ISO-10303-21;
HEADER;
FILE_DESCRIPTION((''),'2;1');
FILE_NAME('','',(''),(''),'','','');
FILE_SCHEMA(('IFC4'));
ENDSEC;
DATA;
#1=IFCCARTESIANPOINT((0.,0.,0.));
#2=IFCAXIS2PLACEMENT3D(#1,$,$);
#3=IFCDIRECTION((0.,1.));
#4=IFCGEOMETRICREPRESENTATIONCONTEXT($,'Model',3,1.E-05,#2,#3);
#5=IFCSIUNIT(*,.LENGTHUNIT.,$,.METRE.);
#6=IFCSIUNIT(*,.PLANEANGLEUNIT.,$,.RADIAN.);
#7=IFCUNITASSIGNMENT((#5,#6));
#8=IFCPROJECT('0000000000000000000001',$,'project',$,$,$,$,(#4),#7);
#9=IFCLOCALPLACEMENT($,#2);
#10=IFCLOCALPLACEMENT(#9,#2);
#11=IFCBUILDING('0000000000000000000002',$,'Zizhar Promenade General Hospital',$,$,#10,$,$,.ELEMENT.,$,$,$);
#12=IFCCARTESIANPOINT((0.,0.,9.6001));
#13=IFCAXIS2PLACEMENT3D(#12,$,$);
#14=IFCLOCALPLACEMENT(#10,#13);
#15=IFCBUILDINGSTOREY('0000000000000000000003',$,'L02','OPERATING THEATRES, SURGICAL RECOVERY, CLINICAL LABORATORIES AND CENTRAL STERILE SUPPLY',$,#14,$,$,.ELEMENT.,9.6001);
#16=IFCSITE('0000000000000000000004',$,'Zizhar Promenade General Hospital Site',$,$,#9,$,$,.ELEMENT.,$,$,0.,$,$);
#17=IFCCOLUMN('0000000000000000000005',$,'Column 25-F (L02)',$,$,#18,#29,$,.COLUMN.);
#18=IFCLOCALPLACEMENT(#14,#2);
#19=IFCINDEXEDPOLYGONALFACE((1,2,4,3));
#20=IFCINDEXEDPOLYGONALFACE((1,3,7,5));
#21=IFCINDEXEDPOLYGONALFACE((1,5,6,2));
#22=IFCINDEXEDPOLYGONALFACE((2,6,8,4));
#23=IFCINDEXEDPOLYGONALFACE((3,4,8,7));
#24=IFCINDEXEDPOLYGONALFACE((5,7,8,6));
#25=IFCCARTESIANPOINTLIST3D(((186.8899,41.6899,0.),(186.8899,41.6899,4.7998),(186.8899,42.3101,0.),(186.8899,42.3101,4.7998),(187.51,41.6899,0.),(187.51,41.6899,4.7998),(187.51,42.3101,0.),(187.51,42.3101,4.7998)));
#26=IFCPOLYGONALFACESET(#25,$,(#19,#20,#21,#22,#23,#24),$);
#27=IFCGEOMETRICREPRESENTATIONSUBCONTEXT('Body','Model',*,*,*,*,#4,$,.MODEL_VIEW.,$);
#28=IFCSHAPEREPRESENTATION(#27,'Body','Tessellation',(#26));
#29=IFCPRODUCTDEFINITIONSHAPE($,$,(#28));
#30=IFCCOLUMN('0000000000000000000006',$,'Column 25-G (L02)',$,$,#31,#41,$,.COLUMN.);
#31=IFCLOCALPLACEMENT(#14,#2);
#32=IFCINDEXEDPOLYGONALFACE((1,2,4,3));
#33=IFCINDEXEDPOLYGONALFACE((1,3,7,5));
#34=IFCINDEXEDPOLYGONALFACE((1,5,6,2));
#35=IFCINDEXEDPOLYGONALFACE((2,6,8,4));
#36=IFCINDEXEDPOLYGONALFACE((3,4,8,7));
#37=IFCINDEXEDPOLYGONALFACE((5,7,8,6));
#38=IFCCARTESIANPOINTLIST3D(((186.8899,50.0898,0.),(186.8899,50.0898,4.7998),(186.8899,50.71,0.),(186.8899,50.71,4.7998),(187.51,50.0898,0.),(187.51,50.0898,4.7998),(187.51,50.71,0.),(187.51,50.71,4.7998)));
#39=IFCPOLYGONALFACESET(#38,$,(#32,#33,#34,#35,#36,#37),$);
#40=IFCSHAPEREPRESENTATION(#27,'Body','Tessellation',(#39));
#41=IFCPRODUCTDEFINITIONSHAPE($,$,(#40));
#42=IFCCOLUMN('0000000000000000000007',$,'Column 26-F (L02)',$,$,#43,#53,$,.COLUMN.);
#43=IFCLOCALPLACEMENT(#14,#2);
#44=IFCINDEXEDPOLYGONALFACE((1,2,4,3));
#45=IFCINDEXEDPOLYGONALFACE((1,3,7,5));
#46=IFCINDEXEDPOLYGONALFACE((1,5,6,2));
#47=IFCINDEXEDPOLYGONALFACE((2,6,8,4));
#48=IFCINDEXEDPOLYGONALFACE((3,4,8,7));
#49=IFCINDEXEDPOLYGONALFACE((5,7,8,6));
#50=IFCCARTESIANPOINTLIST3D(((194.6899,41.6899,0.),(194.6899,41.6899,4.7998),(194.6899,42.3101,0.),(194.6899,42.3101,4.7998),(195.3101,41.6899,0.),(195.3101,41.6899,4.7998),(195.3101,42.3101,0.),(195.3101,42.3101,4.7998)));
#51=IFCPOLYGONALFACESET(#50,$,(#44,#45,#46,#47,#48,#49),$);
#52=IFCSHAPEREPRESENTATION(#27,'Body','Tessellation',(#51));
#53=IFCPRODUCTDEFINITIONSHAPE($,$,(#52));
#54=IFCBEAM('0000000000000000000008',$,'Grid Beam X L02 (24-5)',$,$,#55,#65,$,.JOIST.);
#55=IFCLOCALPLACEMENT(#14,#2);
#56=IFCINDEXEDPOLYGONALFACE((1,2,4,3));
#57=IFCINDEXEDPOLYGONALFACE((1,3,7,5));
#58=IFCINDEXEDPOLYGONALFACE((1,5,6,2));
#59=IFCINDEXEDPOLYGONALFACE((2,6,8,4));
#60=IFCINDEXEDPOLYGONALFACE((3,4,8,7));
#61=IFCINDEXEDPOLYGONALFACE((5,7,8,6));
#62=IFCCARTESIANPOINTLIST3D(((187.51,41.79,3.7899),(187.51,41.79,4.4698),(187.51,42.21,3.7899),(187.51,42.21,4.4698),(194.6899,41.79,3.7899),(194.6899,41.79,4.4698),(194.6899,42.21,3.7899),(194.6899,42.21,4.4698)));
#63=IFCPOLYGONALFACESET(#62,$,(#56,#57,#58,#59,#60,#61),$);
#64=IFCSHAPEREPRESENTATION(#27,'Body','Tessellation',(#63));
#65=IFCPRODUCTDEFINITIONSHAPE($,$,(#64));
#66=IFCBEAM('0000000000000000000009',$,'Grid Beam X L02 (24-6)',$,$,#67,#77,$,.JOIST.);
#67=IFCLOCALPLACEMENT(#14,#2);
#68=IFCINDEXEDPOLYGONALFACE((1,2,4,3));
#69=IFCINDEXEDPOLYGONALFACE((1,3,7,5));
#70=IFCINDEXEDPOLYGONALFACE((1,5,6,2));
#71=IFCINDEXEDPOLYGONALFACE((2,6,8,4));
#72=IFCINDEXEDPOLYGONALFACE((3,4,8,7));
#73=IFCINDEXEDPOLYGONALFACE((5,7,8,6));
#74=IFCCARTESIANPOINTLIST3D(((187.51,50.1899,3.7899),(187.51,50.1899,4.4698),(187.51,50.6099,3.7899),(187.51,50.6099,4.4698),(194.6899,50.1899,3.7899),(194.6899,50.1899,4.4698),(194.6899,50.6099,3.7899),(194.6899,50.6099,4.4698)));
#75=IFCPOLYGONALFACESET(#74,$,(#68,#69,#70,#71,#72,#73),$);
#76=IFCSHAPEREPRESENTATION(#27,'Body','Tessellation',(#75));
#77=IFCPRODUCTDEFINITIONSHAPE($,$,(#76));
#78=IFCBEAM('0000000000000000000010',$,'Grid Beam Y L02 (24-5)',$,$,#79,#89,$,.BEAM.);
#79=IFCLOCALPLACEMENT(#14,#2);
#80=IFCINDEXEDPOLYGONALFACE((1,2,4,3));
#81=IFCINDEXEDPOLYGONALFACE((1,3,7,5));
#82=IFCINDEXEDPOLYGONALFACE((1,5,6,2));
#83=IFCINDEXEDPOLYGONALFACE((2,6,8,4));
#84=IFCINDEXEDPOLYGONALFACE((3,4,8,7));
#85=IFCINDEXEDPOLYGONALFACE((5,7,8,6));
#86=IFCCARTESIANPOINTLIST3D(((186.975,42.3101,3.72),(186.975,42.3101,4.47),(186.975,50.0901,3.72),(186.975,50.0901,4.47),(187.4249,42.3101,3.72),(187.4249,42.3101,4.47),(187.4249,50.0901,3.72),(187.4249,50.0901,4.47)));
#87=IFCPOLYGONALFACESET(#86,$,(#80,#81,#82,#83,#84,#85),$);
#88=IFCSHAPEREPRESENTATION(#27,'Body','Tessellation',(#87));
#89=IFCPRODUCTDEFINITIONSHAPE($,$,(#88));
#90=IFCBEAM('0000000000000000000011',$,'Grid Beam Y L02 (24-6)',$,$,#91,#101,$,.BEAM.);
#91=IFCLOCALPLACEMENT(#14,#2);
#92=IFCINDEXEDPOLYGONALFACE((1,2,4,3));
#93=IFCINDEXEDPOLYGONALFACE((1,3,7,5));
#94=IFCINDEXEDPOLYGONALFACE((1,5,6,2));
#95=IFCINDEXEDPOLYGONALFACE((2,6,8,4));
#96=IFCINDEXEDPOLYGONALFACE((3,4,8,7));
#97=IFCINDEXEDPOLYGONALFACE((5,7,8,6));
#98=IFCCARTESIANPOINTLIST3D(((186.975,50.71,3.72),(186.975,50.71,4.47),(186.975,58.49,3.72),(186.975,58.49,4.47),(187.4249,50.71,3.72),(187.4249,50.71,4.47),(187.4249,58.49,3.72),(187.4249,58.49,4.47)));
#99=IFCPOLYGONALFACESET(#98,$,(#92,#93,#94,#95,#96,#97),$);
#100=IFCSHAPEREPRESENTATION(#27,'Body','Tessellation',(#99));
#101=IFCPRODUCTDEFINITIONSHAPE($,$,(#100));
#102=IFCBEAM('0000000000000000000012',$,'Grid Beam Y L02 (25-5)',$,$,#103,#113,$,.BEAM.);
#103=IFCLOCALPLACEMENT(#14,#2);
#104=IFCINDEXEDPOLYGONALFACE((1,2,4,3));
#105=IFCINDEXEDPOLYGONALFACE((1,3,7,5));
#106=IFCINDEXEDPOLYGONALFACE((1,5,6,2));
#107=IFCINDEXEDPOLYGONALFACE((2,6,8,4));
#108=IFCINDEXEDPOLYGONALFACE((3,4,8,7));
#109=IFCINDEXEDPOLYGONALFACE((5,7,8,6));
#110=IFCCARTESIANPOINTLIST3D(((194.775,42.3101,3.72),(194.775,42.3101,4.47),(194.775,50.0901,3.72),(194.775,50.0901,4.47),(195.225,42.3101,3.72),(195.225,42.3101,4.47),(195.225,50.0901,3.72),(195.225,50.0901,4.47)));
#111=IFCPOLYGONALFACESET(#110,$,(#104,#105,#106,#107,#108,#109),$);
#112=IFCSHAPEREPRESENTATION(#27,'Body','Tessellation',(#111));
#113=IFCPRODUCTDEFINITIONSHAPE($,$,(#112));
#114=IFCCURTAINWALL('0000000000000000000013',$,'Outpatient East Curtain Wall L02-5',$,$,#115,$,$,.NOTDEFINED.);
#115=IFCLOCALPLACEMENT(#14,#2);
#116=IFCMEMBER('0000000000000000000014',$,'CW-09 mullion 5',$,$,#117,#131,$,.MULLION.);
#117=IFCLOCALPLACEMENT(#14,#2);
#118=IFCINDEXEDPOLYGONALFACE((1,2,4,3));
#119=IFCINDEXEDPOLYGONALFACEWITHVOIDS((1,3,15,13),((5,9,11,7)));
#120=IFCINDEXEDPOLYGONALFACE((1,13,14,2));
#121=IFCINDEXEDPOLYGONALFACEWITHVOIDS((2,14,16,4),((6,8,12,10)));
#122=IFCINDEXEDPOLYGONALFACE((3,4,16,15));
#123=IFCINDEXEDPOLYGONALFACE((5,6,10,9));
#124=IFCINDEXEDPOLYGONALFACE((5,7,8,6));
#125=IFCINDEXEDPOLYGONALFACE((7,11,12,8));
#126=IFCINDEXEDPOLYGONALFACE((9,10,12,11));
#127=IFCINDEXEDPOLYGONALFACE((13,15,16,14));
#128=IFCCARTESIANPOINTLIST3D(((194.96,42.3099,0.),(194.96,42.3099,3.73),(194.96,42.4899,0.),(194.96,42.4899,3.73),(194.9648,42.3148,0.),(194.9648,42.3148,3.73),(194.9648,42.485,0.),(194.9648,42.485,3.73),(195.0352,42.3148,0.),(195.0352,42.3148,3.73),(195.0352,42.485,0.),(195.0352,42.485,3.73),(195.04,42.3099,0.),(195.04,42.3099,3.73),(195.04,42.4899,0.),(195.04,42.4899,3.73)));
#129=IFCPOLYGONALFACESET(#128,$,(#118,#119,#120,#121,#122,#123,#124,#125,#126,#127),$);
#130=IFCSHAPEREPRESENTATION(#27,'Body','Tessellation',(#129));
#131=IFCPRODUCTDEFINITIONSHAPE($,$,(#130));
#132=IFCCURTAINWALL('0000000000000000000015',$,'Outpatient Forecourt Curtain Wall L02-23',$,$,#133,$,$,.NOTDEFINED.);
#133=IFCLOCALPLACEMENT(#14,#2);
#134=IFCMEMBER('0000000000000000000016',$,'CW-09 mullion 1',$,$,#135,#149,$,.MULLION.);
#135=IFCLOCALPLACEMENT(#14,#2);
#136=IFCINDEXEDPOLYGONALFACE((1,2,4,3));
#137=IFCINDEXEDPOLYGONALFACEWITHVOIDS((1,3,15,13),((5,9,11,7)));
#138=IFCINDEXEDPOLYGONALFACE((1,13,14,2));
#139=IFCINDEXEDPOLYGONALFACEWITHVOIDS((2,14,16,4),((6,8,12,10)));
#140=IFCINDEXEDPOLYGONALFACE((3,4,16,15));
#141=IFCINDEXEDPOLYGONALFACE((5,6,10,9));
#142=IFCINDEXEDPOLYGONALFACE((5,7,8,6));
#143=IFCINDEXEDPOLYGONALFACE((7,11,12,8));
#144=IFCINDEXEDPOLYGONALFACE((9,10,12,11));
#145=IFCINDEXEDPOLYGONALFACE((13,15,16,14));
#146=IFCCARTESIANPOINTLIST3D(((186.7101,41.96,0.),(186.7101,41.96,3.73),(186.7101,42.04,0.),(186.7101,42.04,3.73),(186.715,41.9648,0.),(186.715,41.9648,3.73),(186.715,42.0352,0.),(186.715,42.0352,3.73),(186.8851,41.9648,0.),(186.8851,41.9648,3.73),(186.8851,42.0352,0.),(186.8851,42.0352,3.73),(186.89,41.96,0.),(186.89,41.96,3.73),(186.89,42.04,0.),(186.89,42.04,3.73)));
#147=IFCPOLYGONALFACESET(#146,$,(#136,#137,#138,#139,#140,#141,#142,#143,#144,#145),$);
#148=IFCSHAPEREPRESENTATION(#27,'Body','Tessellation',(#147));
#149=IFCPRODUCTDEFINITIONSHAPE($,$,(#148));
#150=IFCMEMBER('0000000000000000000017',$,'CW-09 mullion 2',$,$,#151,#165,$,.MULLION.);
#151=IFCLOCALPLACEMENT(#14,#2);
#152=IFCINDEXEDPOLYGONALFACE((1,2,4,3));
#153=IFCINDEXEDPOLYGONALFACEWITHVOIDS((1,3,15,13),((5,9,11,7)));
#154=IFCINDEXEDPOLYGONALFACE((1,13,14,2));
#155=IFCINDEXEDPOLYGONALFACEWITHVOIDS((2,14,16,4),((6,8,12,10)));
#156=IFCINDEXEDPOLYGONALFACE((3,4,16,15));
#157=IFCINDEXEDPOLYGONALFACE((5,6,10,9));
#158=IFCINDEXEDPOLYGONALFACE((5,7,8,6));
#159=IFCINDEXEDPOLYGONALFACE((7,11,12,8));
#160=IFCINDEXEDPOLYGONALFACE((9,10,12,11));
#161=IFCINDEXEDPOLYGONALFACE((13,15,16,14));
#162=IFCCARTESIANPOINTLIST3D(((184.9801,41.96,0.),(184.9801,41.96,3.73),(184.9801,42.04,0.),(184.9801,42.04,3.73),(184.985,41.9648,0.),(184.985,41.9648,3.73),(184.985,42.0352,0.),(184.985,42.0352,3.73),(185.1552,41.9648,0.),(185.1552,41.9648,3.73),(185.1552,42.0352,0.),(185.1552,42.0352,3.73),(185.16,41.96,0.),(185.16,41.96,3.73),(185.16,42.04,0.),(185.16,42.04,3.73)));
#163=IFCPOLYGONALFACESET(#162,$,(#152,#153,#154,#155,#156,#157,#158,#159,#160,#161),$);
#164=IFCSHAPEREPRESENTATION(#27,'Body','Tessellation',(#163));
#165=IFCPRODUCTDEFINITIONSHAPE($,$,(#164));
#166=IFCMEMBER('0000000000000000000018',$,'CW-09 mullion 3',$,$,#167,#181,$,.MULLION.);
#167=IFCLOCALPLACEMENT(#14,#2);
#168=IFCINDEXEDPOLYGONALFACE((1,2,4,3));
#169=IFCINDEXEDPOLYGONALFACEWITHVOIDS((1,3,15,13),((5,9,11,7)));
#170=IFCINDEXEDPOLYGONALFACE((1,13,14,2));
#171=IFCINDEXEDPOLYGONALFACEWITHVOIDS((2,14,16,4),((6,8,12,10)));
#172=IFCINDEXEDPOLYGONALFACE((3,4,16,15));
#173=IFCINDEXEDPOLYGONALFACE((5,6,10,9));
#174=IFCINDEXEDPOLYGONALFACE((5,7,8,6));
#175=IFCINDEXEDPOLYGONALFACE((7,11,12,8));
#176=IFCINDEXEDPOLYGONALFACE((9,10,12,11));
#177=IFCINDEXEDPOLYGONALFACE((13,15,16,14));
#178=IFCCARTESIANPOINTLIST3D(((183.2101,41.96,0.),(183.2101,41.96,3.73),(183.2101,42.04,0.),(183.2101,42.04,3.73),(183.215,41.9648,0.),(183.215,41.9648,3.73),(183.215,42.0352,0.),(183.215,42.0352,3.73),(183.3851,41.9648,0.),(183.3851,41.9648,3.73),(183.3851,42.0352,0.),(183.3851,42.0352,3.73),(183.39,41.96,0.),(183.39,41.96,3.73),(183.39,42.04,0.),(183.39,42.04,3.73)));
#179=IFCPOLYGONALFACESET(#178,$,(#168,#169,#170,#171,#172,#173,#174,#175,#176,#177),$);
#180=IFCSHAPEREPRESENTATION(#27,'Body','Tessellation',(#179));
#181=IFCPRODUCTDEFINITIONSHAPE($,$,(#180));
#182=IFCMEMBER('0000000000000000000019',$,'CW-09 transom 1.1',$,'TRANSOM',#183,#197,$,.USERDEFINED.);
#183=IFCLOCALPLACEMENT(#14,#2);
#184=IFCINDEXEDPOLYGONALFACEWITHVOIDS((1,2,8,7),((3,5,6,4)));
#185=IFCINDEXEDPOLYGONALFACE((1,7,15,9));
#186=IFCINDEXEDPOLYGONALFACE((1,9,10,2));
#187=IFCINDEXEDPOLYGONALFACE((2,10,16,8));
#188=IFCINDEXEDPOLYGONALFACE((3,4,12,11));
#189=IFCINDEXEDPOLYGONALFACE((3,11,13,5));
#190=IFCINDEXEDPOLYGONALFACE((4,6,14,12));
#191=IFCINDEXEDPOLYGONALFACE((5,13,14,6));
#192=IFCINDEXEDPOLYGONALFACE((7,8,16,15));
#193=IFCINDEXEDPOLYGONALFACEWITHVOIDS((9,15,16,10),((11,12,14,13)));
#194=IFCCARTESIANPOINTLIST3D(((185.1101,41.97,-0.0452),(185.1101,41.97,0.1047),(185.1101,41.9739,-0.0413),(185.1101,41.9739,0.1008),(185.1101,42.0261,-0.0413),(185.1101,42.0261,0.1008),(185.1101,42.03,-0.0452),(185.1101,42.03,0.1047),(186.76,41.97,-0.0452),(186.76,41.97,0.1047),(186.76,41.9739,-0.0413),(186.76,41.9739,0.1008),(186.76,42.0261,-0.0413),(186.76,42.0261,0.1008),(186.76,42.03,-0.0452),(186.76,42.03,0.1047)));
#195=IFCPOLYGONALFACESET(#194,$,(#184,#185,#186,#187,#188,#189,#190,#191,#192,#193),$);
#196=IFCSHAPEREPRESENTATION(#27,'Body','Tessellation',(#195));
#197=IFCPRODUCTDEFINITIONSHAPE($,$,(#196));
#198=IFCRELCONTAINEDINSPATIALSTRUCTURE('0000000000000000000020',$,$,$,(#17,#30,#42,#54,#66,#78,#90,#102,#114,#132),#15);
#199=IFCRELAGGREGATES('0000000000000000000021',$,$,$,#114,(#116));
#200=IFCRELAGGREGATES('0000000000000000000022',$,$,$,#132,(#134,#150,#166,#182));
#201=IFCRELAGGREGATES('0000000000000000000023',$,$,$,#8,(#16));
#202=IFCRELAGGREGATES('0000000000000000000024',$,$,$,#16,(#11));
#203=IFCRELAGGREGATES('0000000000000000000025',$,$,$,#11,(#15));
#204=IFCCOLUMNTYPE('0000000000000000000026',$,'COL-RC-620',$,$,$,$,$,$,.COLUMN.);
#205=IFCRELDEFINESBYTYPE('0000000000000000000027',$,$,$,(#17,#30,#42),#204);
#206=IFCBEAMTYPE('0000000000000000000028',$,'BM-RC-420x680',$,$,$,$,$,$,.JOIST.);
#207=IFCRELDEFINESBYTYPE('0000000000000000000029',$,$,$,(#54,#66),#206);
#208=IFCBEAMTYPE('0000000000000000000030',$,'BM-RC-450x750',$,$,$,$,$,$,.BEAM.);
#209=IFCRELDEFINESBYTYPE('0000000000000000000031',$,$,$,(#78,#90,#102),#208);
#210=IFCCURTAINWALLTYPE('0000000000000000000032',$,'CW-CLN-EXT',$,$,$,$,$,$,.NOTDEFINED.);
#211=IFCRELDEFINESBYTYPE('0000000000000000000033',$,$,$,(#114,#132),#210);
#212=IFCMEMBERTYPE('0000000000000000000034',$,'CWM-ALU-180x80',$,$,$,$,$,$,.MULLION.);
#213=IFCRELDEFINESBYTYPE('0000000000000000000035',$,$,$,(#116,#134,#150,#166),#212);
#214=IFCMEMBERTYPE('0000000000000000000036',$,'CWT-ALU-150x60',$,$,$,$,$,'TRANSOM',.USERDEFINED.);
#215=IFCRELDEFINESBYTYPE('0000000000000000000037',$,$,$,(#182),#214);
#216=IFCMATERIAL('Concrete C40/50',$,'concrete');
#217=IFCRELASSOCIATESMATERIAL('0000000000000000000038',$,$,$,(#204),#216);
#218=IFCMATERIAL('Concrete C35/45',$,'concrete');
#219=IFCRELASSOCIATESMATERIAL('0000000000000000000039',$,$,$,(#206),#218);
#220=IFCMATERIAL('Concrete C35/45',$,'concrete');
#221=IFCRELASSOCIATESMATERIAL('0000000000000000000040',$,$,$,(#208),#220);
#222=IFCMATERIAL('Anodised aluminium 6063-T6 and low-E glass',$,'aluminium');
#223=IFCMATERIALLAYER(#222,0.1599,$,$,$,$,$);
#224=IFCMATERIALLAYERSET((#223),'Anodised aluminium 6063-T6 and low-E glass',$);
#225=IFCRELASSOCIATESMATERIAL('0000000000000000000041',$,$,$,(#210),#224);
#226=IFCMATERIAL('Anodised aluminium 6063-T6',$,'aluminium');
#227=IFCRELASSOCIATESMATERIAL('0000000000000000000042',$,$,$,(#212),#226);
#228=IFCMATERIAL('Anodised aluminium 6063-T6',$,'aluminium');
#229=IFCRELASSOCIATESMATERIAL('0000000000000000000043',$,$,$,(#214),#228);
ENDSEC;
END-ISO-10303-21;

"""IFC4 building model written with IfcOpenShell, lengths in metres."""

from ifc_helpers import new_model, si_unit, direction, frame, origin, origin_2d, place, context, subcontext, project, spatial, rectangle, hollow_rectangle, extrude, material, layer, layer_set, material_profile, profile_set, type_object, element, aggregate, save


model = new_model("IFC4")

# Units and contexts
model_context = context("Model", 3, precision=1e-05, world=origin(), true_north=direction((0.0, 1.0)))
body_context = subcontext(model_context, "Body", "Model", "MODEL_VIEW")
ifc_project = project(units=[si_unit("LENGTHUNIT", "METRE"), si_unit("PLANEANGLEUNIT", "RADIAN")], contexts=[model_context])

# Site, building, storey
site_placement = place(None, origin())
site = spatial("IfcSite", under=ifc_project, at=site_placement, Name="Zizhar Promenade General Hospital Site", CompositionType="ELEMENT", RefElevation=0.0)
building_placement = place(site_placement, origin())
building = spatial("IfcBuilding", under=site, at=building_placement, Name="Zizhar Promenade General Hospital", CompositionType="ELEMENT")
storey_placement = place(building_placement, frame((0.0, 0.0, 9.6001)))
storey = spatial("IfcBuildingStorey", under=building, at=storey_placement, Name="L02", Description="OPERATING THEATRES, SURGICAL RECOVERY, CLINICAL LABORATORIES AND CENTRAL STERILE SUPPLY", CompositionType="ELEMENT", Elevation=9.6001)

# Columns
ifc_material_1 = material(Name="Concrete C40/50", Category="concrete")
ifc_material_profile_1 = material_profile(ifc_material_1, rectangle(XDim=0.6201, YDim=0.6201, at=origin_2d()))
ifc_profile_set_1 = profile_set([ifc_material_profile_1], Name="Concrete C40/50")
column_type = type_object("IfcColumnType", Name="COL-RC-620", PredefinedType="COLUMN", material=ifc_profile_set_1)
for number, where, z_axis, x_axis, name in (
    (1, (187.2, 42.0, 0.0), (0.0, 0.0, 1.0), (1.0, 0.0, 0.0), "Column 25-F (L02)"),
    (2, (187.2, 50.3999, 0.0), (0.0, 0.0, 1.0), (1.0, 0.0, 0.0), "Column 25-G (L02)"),
    (3, (195.0, 42.0, 0.0), (0.0, 0.0, 1.0), (1.0, 0.0, 0.0), "Column 26-F (L02)"),
):
    element("IfcColumn", number, at=place(storey_placement, frame(where, z_axis=z_axis, x_axis=x_axis)), inside=storey, type_object=column_type, Name=name, PredefinedType="COLUMN", context=body_context, shape_type="SweptSolid", body=[
        extrude(rectangle(XDim=0.6201, YDim=0.6201, at=origin_2d()), origin(), (0.0, 0.0, 1.0), 4.7998),
    ])

# Beams
ifc_material_2 = material(Name="Concrete C35/45", Category="concrete")
ifc_material_profile_2 = material_profile(ifc_material_2, rectangle(XDim=0.4199, YDim=0.6799, at=origin_2d()))
ifc_profile_set_2 = profile_set([ifc_material_profile_2], Name="Concrete C35/45")
beam_type_1 = type_object("IfcBeamType", Name="BM-RC-420x680", PredefinedType="JOIST", material=ifc_profile_set_2)
for number, where, z_axis, x_axis, name in (
    (4, (187.51, 42.0, 4.1299), (1.0, 0.0, 0.0), (0.0, 1.0, 0.0), "Grid Beam X L02 (24-5)"),
    (5, (187.51, 50.3999, 4.1299), (1.0, 0.0, 0.0), (0.0, 1.0, 0.0), "Grid Beam X L02 (24-6)"),
):
    element("IfcBeam", number, at=place(storey_placement, frame(where, z_axis=z_axis, x_axis=x_axis)), inside=storey, type_object=beam_type_1, Name=name, PredefinedType="JOIST", context=body_context, shape_type="SweptSolid", body=[
        extrude(rectangle(XDim=0.4199, YDim=0.6799, at=origin_2d()), origin(), (0.0, 0.0, 1.0), 7.1799),
    ])
ifc_material_3 = material(Name="Concrete C35/45", Category="concrete")
ifc_material_profile_3 = material_profile(ifc_material_3, rectangle(XDim=0.45, YDim=0.75, at=origin_2d()))
ifc_profile_set_3 = profile_set([ifc_material_profile_3], Name="Concrete C35/45")
beam_type_2 = type_object("IfcBeamType", Name="BM-RC-450x750", PredefinedType="BEAM", material=ifc_profile_set_3)
for number, where, z_axis, x_axis, name in (
    (6, (187.2, 42.3101, 4.095), (0.0, 1.0, 0.0), (-1.0, 0.0, 0.0), "Grid Beam Y L02 (24-5)"),
    (7, (187.2, 50.71, 4.095), (0.0, 1.0, 0.0), (-1.0, 0.0, 0.0), "Grid Beam Y L02 (24-6)"),
    (8, (195.0, 42.3101, 4.095), (0.0, 1.0, 0.0), (-1.0, 0.0, 0.0), "Grid Beam Y L02 (25-5)"),
):
    element("IfcBeam", number, at=place(storey_placement, frame(where, z_axis=z_axis, x_axis=x_axis)), inside=storey, type_object=beam_type_2, Name=name, PredefinedType="BEAM", context=body_context, shape_type="SweptSolid", body=[
        extrude(rectangle(XDim=0.45, YDim=0.75, at=origin_2d()), origin(), (0.0, 0.0, 1.0), 7.78),
    ])

# Curtain wall, member
ifc_material_4 = material(Name="Anodised aluminium 6063-T6 and low-E glass", Category="aluminium")
ifc_layer_1 = layer(ifc_material_4, 0.1599)
ifc_layer_set_1 = layer_set([ifc_layer_1], Name="Anodised aluminium 6063-T6 and low-E glass")
curtain_wall_type = type_object("IfcCurtainWallType", Name="CW-CLN-EXT", PredefinedType="NOTDEFINED", material=ifc_layer_set_1)
curtain_wall_1_placement = place(storey_placement, origin())
curtain_wall_1 = element("IfcCurtainWall", 9, at=curtain_wall_1_placement, inside=storey, type_object=curtain_wall_type, Name="Outpatient East Curtain Wall L02-5", PredefinedType="NOTDEFINED")
ifc_material_5 = material(Name="Anodised aluminium 6063-T6", Category="aluminium")
ifc_material_profile_4 = material_profile(ifc_material_5, hollow_rectangle(XDim=0.0801, YDim=0.1799, WallThickness=0.0049, at=origin_2d()))
ifc_profile_set_4 = profile_set([ifc_material_profile_4], Name="Anodised aluminium 6063-T6")
member_type_1 = type_object("IfcMemberType", Name="CWM-ALU-180x80", PredefinedType="MULLION", material=ifc_profile_set_4)
member_1_placement = place(storey_placement, frame((195.0, 42.3999, 0.0), z_axis=(0.0, 0.0, 1.0), x_axis=(1.0, 0.0, 0.0)))
member_1 = element("IfcMember", 10, at=member_1_placement, type_object=member_type_1, Name="CW-09 mullion 5", PredefinedType="MULLION", context=body_context, shape_type="SweptSolid", body=[
    extrude(hollow_rectangle(XDim=0.0801, YDim=0.1799, WallThickness=0.0049, at=origin_2d()), origin(), (0.0, 0.0, 1.0), 3.73),
])

# Curtain wall, members
curtain_wall_2_placement = place(storey_placement, origin())
curtain_wall_2 = element("IfcCurtainWall", 11, at=curtain_wall_2_placement, inside=storey, type_object=curtain_wall_type, Name="Outpatient Forecourt Curtain Wall L02-23", PredefinedType="NOTDEFINED")
member_2_placement = place(storey_placement, frame((186.8, 42.0, 0.0), z_axis=(0.0, 0.0, 1.0), x_axis=(0.0, -1.0, 0.0)))
member_2 = element("IfcMember", 12, at=member_2_placement, type_object=member_type_1, Name="CW-09 mullion 1", PredefinedType="MULLION", context=body_context, shape_type="SweptSolid", body=[
    extrude(hollow_rectangle(XDim=0.0801, YDim=0.1799, WallThickness=0.0049, at=origin_2d()), origin(), (0.0, 0.0, 1.0), 3.73),
])
member_3_placement = place(storey_placement, frame((185.0701, 42.0, 0.0), z_axis=(0.0, 0.0, 1.0), x_axis=(0.0, -1.0, 0.0)))
member_3 = element("IfcMember", 13, at=member_3_placement, type_object=member_type_1, Name="CW-09 mullion 2", PredefinedType="MULLION", context=body_context, shape_type="SweptSolid", body=[
    extrude(hollow_rectangle(XDim=0.0801, YDim=0.1799, WallThickness=0.0049, at=origin_2d()), origin(), (0.0, 0.0, 1.0), 3.73),
])
member_4_placement = place(storey_placement, frame((183.3, 42.0, 0.0), z_axis=(0.0, 0.0, 1.0), x_axis=(0.0, -1.0, 0.0)))
member_4 = element("IfcMember", 14, at=member_4_placement, type_object=member_type_1, Name="CW-09 mullion 3", PredefinedType="MULLION", context=body_context, shape_type="SweptSolid", body=[
    extrude(hollow_rectangle(XDim=0.0801, YDim=0.1799, WallThickness=0.0049, at=origin_2d()), origin(), (0.0, 0.0, 1.0), 3.73),
])
ifc_material_6 = material(Name="Anodised aluminium 6063-T6", Category="aluminium")
ifc_material_profile_5 = material_profile(ifc_material_6, hollow_rectangle(XDim=0.0601, YDim=0.1499, WallThickness=0.0039, at=origin_2d()))
ifc_profile_set_5 = profile_set([ifc_material_profile_5], Name="Anodised aluminium 6063-T6")
member_type_2 = type_object("IfcMemberType", Name="CWT-ALU-150x60", ElementType="TRANSOM", PredefinedType="USERDEFINED", material=ifc_profile_set_5)
member_5_placement = place(storey_placement, frame((186.76, 42.0, 0.0298), z_axis=(-1.0, 0.0, 0.0), x_axis=(0.0, -1.0, 0.0)))
member_5 = element("IfcMember", 15, at=member_5_placement, type_object=member_type_2, Name="CW-09 transom 1.1", ObjectType="TRANSOM", PredefinedType="USERDEFINED", context=body_context, shape_type="SweptSolid", body=[
    extrude(hollow_rectangle(XDim=0.0601, YDim=0.1499, WallThickness=0.0039, at=origin_2d()), origin(), (0.0, 0.0, 1.0), 1.6499),
])

aggregate(curtain_wall_1, [member_1])
aggregate(curtain_wall_2, [member_2, member_3, member_4, member_5])

save(model, "model.ifc")
